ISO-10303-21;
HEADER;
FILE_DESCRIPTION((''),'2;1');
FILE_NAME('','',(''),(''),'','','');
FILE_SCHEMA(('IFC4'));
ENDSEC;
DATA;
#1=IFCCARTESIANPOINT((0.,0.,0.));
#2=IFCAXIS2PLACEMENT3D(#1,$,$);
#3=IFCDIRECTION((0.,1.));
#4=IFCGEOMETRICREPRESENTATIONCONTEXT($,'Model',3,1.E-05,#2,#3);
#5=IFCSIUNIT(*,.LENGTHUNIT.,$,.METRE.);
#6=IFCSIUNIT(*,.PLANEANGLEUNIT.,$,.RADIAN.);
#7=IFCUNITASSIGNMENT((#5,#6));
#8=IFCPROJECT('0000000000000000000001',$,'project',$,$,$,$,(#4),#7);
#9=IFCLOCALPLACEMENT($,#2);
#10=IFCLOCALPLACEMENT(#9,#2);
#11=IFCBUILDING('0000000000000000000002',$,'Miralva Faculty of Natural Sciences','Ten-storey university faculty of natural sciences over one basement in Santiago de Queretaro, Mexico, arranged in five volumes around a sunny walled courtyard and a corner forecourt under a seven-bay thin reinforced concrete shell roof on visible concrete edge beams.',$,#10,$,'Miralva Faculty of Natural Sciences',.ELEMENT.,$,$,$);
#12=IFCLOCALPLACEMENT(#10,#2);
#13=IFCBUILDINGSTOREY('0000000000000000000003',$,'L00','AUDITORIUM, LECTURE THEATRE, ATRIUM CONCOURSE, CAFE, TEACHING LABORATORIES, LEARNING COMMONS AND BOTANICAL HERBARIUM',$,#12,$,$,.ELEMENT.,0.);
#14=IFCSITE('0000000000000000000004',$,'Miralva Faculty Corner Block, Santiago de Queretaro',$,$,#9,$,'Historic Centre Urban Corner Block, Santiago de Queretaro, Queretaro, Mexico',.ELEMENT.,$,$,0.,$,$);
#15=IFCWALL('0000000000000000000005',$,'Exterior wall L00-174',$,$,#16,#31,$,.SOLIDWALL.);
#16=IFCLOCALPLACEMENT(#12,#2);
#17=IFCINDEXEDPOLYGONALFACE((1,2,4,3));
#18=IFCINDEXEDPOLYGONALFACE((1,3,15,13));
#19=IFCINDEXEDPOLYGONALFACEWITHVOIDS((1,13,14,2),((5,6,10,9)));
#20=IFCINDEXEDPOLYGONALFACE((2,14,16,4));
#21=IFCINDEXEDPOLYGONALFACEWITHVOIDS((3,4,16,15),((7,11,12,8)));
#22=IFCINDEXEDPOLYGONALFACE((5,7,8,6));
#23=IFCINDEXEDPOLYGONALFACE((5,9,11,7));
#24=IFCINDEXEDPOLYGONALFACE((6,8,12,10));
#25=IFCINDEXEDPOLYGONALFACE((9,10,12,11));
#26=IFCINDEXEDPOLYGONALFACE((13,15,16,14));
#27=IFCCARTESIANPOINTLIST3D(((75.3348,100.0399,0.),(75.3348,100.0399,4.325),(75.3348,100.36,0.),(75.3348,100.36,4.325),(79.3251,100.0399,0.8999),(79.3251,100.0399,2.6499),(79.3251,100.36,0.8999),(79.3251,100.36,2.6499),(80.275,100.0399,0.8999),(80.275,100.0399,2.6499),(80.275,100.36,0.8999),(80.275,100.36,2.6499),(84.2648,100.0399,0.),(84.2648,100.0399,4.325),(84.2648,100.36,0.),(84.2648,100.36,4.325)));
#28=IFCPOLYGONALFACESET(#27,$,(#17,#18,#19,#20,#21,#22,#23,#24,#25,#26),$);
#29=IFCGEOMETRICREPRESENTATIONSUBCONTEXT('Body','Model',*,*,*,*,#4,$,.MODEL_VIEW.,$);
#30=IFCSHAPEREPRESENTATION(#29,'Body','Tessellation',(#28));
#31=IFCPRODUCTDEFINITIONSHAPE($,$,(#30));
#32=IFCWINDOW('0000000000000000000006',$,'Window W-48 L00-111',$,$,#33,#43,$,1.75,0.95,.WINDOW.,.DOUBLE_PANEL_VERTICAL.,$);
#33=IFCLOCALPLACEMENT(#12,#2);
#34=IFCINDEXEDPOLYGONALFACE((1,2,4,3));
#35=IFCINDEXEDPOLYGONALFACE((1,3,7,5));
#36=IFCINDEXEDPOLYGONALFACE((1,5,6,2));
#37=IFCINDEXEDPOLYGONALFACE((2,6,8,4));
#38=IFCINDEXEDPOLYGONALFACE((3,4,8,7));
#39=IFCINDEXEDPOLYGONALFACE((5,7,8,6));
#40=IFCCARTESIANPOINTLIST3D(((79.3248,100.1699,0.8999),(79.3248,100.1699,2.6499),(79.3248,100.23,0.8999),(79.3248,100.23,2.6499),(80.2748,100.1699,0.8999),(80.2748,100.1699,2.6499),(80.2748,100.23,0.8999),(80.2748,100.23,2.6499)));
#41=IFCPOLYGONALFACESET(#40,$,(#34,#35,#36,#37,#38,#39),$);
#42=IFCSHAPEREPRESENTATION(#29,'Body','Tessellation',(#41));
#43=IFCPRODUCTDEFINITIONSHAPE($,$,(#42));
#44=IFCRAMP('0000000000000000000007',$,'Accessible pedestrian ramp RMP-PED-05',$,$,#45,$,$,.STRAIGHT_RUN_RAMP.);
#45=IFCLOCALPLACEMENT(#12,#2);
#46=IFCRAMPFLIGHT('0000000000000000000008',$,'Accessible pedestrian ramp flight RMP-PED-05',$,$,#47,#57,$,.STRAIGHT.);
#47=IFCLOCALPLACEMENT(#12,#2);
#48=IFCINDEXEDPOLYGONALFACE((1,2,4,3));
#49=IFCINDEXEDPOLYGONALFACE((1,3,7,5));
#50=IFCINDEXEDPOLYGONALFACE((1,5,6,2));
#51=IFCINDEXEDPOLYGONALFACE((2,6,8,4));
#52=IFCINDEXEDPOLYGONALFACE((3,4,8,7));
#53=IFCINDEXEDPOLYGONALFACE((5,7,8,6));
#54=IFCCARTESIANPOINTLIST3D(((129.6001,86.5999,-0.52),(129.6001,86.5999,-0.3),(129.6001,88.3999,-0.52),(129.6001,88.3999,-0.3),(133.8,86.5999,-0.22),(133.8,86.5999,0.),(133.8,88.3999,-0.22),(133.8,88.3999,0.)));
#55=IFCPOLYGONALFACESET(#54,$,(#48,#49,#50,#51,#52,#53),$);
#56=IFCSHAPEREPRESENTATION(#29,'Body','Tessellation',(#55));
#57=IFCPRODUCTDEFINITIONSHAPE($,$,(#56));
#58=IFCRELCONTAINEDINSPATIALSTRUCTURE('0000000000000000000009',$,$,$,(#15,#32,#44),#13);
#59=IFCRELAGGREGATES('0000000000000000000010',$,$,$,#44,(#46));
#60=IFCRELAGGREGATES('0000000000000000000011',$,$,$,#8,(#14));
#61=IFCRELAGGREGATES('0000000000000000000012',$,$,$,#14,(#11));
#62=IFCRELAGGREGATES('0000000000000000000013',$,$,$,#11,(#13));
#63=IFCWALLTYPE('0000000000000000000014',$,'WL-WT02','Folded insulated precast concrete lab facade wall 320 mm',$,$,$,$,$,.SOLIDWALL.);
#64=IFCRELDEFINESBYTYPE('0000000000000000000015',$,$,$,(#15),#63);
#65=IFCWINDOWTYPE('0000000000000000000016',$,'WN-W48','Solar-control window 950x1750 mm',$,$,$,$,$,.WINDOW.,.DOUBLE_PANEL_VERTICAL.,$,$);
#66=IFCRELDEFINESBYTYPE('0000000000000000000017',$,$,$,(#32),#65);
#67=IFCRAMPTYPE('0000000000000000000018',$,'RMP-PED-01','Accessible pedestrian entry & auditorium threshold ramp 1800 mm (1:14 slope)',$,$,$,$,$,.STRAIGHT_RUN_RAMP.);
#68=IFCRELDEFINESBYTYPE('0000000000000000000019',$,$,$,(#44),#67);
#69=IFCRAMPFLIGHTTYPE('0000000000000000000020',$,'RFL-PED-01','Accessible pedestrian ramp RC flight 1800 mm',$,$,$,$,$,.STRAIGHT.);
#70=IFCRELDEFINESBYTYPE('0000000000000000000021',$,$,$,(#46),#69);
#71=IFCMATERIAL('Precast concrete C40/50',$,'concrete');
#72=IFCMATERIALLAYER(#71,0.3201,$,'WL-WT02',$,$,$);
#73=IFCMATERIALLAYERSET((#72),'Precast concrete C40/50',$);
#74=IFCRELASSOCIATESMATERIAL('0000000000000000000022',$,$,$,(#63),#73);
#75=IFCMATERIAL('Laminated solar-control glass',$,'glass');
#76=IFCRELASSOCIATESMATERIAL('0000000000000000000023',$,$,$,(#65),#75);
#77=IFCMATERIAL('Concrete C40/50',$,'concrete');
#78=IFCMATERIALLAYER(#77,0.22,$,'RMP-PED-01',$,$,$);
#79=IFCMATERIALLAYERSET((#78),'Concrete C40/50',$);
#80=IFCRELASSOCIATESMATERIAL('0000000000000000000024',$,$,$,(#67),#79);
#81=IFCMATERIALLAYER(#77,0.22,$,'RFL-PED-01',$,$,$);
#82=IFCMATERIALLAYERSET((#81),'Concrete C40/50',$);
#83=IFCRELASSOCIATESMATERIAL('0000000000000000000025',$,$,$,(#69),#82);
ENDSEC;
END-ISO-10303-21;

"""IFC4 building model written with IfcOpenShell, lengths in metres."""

from ifc_helpers import new_model, si_unit, direction, frame, frame_2d, origin, place, context, subcontext, project, spatial, polyline, rectangle, outline, extrude, material, layer, layer_set, type_object, element, fill, aggregate, save


model = new_model("IFC4")

# Units and contexts
model_context = context("Model", 3, precision=1e-05, world=origin(), true_north=direction((0.0, 1.0)))
body_context = subcontext(model_context, "Body", "Model", "MODEL_VIEW")
ifc_project = project(units=[si_unit("LENGTHUNIT", "METRE"), si_unit("PLANEANGLEUNIT", "RADIAN")], contexts=[model_context])

# Site, building, storey
site_placement = place(None, origin())
site = spatial("IfcSite", under=ifc_project, at=site_placement, Name="Miralva Faculty Corner Block, Santiago de Queretaro", LongName="Historic Centre Urban Corner Block, Santiago de Queretaro, Queretaro, Mexico", CompositionType="ELEMENT", RefElevation=0.0)
building_placement = place(site_placement, origin())
building = spatial("IfcBuilding", under=site, at=building_placement, Name="Miralva Faculty of Natural Sciences", Description="Ten-storey university faculty of natural sciences over one basement in Santiago de Queretaro, Mexico, arranged in five volumes around a sunny walled courtyard and a corner forecourt under a seven-bay thin reinforced concrete shell roof on visible concrete edge beams.", LongName="Miralva Faculty of Natural Sciences", CompositionType="ELEMENT")
storey_placement = place(building_placement, origin())
storey = spatial("IfcBuildingStorey", under=building, at=storey_placement, Name="L00", Description="AUDITORIUM, LECTURE THEATRE, ATRIUM CONCOURSE, CAFE, TEACHING LABORATORIES, LEARNING COMMONS AND BOTANICAL HERBARIUM", CompositionType="ELEMENT", Elevation=0.0)

# Shared definitions
ifc_material_1 = material(Name="Concrete C40/50", Category="concrete")

# Shared definitions
ifc_material_2 = material(Name="Laminated solar-control glass", Category="glass")

# Wall, opening, window
ifc_material_3 = material(Name="Precast concrete C40/50", Category="concrete")
ifc_layer_1 = layer(ifc_material_3, 0.3201, Name="WL-WT02")
ifc_layer_set_1 = layer_set([ifc_layer_1], Name="Precast concrete C40/50")
wall_type = type_object("IfcWallType", Name="WL-WT02", Description="Folded insulated precast concrete lab facade wall 320 mm", PredefinedType="SOLIDWALL", material=ifc_layer_set_1)
wall_placement = place(storey_placement, frame((75.335, 100.2, 0.0), z_axis=(0.0, 0.0, 1.0), x_axis=(1.0, 0.0, 0.0)))
wall = element("IfcWall", 1, at=wall_placement, inside=storey, type_object=wall_type, Name="Exterior wall L00-174", PredefinedType="SOLIDWALL", context=body_context, shape_type="SweptSolid", body=[
    extrude(rectangle(XDim=8.9299, YDim=0.3201, at=frame_2d((4.4648, 0.0))), origin(), (0.0, 0.0, 1.0), 4.325),
])
opening_placement = place(wall_placement, frame((3.99, 0.0, 0.8999)))
opening = element("IfcOpeningElement", 2, at=opening_placement, cuts=wall, PredefinedType="OPENING", context=body_context, shape_type="SweptSolid", body=[
    extrude(rectangle(XDim=0.95, YDim=1.75, at=frame_2d((0.4751, 0.875))), frame((0.0, 0.1699, 0.0), z_axis=(0.0, -1.0, 0.0), x_axis=(1.0, 0.0, 0.0)), (0.0, 0.0, 1.0), 0.3401),
])
window_type = type_object("IfcWindowType", Name="WN-W48", Description="Solar-control window 950x1750 mm", PartitioningType="DOUBLE_PANEL_VERTICAL", PredefinedType="WINDOW", material=ifc_material_2)
window_placement = place(opening_placement, frame((0.95, 0.0, 0.0), z_axis=(0.0, 0.0, 1.0), x_axis=(-1.0, 0.0, 0.0)))
window = element("IfcWindow", 3, at=window_placement, inside=storey, type_object=window_type, Name="Window W-48 L00-111", OverallHeight=1.75, OverallWidth=0.95, PartitioningType="DOUBLE_PANEL_VERTICAL", PredefinedType="WINDOW", context=body_context, shape_type="SweptSolid", body=[
    extrude(rectangle(XDim=0.95, YDim=1.75, at=frame_2d((0.4751, 0.875))), frame((0.0, 0.03, 0.0), z_axis=(0.0, -1.0, 0.0), x_axis=(1.0, 0.0, 0.0)), (0.0, 0.0, 1.0), 0.0601),
])
fill(opening, window)

# Ramp, ramp flight
ifc_layer_2 = layer(ifc_material_1, 0.22, Name="RMP-PED-01")
ifc_layer_set_2 = layer_set([ifc_layer_2], Name="Concrete C40/50")
ramp_type = type_object("IfcRampType", Name="RMP-PED-01", Description="Accessible pedestrian entry & auditorium threshold ramp 1800 mm (1:14 slope)", PredefinedType="STRAIGHT_RUN_RAMP", material=ifc_layer_set_2)
ramp_placement = place(storey_placement, origin())
ramp = element("IfcRamp", 4, at=ramp_placement, inside=storey, type_object=ramp_type, Name="Accessible pedestrian ramp RMP-PED-05", PredefinedType="STRAIGHT_RUN_RAMP")
ifc_layer_3 = layer(ifc_material_1, 0.22, Name="RFL-PED-01")
ifc_layer_set_3 = layer_set([ifc_layer_3], Name="Concrete C40/50")
ramp_flight_type = type_object("IfcRampFlightType", Name="RFL-PED-01", Description="Accessible pedestrian ramp RC flight 1800 mm", PredefinedType="STRAIGHT", material=ifc_layer_set_3)
ramp_flight_placement = place(storey_placement, frame((129.6001, 87.5, -0.3), z_axis=(0.0, 0.0, 1.0), x_axis=(1.0, 0.0, 0.0)))
ramp_flight = element("IfcRampFlight", 5, at=ramp_flight_placement, type_object=ramp_flight_type, Name="Accessible pedestrian ramp flight RMP-PED-05", PredefinedType="STRAIGHT", context=body_context, shape_type="SweptSolid", body=[
    extrude(outline(polyline([(0.0, -0.22), (4.2, 0.0801), (4.2, 0.3), (0.0, 0.0), (0.0, -0.22)])), frame((0.0, 0.8999, 0.0), z_axis=(0.0, -1.0, 0.0), x_axis=(1.0, 0.0, 0.0)), (0.0, 0.0, 1.0), 1.8),
])
aggregate(ramp, [ramp_flight])

save(model, "model.ifc")
